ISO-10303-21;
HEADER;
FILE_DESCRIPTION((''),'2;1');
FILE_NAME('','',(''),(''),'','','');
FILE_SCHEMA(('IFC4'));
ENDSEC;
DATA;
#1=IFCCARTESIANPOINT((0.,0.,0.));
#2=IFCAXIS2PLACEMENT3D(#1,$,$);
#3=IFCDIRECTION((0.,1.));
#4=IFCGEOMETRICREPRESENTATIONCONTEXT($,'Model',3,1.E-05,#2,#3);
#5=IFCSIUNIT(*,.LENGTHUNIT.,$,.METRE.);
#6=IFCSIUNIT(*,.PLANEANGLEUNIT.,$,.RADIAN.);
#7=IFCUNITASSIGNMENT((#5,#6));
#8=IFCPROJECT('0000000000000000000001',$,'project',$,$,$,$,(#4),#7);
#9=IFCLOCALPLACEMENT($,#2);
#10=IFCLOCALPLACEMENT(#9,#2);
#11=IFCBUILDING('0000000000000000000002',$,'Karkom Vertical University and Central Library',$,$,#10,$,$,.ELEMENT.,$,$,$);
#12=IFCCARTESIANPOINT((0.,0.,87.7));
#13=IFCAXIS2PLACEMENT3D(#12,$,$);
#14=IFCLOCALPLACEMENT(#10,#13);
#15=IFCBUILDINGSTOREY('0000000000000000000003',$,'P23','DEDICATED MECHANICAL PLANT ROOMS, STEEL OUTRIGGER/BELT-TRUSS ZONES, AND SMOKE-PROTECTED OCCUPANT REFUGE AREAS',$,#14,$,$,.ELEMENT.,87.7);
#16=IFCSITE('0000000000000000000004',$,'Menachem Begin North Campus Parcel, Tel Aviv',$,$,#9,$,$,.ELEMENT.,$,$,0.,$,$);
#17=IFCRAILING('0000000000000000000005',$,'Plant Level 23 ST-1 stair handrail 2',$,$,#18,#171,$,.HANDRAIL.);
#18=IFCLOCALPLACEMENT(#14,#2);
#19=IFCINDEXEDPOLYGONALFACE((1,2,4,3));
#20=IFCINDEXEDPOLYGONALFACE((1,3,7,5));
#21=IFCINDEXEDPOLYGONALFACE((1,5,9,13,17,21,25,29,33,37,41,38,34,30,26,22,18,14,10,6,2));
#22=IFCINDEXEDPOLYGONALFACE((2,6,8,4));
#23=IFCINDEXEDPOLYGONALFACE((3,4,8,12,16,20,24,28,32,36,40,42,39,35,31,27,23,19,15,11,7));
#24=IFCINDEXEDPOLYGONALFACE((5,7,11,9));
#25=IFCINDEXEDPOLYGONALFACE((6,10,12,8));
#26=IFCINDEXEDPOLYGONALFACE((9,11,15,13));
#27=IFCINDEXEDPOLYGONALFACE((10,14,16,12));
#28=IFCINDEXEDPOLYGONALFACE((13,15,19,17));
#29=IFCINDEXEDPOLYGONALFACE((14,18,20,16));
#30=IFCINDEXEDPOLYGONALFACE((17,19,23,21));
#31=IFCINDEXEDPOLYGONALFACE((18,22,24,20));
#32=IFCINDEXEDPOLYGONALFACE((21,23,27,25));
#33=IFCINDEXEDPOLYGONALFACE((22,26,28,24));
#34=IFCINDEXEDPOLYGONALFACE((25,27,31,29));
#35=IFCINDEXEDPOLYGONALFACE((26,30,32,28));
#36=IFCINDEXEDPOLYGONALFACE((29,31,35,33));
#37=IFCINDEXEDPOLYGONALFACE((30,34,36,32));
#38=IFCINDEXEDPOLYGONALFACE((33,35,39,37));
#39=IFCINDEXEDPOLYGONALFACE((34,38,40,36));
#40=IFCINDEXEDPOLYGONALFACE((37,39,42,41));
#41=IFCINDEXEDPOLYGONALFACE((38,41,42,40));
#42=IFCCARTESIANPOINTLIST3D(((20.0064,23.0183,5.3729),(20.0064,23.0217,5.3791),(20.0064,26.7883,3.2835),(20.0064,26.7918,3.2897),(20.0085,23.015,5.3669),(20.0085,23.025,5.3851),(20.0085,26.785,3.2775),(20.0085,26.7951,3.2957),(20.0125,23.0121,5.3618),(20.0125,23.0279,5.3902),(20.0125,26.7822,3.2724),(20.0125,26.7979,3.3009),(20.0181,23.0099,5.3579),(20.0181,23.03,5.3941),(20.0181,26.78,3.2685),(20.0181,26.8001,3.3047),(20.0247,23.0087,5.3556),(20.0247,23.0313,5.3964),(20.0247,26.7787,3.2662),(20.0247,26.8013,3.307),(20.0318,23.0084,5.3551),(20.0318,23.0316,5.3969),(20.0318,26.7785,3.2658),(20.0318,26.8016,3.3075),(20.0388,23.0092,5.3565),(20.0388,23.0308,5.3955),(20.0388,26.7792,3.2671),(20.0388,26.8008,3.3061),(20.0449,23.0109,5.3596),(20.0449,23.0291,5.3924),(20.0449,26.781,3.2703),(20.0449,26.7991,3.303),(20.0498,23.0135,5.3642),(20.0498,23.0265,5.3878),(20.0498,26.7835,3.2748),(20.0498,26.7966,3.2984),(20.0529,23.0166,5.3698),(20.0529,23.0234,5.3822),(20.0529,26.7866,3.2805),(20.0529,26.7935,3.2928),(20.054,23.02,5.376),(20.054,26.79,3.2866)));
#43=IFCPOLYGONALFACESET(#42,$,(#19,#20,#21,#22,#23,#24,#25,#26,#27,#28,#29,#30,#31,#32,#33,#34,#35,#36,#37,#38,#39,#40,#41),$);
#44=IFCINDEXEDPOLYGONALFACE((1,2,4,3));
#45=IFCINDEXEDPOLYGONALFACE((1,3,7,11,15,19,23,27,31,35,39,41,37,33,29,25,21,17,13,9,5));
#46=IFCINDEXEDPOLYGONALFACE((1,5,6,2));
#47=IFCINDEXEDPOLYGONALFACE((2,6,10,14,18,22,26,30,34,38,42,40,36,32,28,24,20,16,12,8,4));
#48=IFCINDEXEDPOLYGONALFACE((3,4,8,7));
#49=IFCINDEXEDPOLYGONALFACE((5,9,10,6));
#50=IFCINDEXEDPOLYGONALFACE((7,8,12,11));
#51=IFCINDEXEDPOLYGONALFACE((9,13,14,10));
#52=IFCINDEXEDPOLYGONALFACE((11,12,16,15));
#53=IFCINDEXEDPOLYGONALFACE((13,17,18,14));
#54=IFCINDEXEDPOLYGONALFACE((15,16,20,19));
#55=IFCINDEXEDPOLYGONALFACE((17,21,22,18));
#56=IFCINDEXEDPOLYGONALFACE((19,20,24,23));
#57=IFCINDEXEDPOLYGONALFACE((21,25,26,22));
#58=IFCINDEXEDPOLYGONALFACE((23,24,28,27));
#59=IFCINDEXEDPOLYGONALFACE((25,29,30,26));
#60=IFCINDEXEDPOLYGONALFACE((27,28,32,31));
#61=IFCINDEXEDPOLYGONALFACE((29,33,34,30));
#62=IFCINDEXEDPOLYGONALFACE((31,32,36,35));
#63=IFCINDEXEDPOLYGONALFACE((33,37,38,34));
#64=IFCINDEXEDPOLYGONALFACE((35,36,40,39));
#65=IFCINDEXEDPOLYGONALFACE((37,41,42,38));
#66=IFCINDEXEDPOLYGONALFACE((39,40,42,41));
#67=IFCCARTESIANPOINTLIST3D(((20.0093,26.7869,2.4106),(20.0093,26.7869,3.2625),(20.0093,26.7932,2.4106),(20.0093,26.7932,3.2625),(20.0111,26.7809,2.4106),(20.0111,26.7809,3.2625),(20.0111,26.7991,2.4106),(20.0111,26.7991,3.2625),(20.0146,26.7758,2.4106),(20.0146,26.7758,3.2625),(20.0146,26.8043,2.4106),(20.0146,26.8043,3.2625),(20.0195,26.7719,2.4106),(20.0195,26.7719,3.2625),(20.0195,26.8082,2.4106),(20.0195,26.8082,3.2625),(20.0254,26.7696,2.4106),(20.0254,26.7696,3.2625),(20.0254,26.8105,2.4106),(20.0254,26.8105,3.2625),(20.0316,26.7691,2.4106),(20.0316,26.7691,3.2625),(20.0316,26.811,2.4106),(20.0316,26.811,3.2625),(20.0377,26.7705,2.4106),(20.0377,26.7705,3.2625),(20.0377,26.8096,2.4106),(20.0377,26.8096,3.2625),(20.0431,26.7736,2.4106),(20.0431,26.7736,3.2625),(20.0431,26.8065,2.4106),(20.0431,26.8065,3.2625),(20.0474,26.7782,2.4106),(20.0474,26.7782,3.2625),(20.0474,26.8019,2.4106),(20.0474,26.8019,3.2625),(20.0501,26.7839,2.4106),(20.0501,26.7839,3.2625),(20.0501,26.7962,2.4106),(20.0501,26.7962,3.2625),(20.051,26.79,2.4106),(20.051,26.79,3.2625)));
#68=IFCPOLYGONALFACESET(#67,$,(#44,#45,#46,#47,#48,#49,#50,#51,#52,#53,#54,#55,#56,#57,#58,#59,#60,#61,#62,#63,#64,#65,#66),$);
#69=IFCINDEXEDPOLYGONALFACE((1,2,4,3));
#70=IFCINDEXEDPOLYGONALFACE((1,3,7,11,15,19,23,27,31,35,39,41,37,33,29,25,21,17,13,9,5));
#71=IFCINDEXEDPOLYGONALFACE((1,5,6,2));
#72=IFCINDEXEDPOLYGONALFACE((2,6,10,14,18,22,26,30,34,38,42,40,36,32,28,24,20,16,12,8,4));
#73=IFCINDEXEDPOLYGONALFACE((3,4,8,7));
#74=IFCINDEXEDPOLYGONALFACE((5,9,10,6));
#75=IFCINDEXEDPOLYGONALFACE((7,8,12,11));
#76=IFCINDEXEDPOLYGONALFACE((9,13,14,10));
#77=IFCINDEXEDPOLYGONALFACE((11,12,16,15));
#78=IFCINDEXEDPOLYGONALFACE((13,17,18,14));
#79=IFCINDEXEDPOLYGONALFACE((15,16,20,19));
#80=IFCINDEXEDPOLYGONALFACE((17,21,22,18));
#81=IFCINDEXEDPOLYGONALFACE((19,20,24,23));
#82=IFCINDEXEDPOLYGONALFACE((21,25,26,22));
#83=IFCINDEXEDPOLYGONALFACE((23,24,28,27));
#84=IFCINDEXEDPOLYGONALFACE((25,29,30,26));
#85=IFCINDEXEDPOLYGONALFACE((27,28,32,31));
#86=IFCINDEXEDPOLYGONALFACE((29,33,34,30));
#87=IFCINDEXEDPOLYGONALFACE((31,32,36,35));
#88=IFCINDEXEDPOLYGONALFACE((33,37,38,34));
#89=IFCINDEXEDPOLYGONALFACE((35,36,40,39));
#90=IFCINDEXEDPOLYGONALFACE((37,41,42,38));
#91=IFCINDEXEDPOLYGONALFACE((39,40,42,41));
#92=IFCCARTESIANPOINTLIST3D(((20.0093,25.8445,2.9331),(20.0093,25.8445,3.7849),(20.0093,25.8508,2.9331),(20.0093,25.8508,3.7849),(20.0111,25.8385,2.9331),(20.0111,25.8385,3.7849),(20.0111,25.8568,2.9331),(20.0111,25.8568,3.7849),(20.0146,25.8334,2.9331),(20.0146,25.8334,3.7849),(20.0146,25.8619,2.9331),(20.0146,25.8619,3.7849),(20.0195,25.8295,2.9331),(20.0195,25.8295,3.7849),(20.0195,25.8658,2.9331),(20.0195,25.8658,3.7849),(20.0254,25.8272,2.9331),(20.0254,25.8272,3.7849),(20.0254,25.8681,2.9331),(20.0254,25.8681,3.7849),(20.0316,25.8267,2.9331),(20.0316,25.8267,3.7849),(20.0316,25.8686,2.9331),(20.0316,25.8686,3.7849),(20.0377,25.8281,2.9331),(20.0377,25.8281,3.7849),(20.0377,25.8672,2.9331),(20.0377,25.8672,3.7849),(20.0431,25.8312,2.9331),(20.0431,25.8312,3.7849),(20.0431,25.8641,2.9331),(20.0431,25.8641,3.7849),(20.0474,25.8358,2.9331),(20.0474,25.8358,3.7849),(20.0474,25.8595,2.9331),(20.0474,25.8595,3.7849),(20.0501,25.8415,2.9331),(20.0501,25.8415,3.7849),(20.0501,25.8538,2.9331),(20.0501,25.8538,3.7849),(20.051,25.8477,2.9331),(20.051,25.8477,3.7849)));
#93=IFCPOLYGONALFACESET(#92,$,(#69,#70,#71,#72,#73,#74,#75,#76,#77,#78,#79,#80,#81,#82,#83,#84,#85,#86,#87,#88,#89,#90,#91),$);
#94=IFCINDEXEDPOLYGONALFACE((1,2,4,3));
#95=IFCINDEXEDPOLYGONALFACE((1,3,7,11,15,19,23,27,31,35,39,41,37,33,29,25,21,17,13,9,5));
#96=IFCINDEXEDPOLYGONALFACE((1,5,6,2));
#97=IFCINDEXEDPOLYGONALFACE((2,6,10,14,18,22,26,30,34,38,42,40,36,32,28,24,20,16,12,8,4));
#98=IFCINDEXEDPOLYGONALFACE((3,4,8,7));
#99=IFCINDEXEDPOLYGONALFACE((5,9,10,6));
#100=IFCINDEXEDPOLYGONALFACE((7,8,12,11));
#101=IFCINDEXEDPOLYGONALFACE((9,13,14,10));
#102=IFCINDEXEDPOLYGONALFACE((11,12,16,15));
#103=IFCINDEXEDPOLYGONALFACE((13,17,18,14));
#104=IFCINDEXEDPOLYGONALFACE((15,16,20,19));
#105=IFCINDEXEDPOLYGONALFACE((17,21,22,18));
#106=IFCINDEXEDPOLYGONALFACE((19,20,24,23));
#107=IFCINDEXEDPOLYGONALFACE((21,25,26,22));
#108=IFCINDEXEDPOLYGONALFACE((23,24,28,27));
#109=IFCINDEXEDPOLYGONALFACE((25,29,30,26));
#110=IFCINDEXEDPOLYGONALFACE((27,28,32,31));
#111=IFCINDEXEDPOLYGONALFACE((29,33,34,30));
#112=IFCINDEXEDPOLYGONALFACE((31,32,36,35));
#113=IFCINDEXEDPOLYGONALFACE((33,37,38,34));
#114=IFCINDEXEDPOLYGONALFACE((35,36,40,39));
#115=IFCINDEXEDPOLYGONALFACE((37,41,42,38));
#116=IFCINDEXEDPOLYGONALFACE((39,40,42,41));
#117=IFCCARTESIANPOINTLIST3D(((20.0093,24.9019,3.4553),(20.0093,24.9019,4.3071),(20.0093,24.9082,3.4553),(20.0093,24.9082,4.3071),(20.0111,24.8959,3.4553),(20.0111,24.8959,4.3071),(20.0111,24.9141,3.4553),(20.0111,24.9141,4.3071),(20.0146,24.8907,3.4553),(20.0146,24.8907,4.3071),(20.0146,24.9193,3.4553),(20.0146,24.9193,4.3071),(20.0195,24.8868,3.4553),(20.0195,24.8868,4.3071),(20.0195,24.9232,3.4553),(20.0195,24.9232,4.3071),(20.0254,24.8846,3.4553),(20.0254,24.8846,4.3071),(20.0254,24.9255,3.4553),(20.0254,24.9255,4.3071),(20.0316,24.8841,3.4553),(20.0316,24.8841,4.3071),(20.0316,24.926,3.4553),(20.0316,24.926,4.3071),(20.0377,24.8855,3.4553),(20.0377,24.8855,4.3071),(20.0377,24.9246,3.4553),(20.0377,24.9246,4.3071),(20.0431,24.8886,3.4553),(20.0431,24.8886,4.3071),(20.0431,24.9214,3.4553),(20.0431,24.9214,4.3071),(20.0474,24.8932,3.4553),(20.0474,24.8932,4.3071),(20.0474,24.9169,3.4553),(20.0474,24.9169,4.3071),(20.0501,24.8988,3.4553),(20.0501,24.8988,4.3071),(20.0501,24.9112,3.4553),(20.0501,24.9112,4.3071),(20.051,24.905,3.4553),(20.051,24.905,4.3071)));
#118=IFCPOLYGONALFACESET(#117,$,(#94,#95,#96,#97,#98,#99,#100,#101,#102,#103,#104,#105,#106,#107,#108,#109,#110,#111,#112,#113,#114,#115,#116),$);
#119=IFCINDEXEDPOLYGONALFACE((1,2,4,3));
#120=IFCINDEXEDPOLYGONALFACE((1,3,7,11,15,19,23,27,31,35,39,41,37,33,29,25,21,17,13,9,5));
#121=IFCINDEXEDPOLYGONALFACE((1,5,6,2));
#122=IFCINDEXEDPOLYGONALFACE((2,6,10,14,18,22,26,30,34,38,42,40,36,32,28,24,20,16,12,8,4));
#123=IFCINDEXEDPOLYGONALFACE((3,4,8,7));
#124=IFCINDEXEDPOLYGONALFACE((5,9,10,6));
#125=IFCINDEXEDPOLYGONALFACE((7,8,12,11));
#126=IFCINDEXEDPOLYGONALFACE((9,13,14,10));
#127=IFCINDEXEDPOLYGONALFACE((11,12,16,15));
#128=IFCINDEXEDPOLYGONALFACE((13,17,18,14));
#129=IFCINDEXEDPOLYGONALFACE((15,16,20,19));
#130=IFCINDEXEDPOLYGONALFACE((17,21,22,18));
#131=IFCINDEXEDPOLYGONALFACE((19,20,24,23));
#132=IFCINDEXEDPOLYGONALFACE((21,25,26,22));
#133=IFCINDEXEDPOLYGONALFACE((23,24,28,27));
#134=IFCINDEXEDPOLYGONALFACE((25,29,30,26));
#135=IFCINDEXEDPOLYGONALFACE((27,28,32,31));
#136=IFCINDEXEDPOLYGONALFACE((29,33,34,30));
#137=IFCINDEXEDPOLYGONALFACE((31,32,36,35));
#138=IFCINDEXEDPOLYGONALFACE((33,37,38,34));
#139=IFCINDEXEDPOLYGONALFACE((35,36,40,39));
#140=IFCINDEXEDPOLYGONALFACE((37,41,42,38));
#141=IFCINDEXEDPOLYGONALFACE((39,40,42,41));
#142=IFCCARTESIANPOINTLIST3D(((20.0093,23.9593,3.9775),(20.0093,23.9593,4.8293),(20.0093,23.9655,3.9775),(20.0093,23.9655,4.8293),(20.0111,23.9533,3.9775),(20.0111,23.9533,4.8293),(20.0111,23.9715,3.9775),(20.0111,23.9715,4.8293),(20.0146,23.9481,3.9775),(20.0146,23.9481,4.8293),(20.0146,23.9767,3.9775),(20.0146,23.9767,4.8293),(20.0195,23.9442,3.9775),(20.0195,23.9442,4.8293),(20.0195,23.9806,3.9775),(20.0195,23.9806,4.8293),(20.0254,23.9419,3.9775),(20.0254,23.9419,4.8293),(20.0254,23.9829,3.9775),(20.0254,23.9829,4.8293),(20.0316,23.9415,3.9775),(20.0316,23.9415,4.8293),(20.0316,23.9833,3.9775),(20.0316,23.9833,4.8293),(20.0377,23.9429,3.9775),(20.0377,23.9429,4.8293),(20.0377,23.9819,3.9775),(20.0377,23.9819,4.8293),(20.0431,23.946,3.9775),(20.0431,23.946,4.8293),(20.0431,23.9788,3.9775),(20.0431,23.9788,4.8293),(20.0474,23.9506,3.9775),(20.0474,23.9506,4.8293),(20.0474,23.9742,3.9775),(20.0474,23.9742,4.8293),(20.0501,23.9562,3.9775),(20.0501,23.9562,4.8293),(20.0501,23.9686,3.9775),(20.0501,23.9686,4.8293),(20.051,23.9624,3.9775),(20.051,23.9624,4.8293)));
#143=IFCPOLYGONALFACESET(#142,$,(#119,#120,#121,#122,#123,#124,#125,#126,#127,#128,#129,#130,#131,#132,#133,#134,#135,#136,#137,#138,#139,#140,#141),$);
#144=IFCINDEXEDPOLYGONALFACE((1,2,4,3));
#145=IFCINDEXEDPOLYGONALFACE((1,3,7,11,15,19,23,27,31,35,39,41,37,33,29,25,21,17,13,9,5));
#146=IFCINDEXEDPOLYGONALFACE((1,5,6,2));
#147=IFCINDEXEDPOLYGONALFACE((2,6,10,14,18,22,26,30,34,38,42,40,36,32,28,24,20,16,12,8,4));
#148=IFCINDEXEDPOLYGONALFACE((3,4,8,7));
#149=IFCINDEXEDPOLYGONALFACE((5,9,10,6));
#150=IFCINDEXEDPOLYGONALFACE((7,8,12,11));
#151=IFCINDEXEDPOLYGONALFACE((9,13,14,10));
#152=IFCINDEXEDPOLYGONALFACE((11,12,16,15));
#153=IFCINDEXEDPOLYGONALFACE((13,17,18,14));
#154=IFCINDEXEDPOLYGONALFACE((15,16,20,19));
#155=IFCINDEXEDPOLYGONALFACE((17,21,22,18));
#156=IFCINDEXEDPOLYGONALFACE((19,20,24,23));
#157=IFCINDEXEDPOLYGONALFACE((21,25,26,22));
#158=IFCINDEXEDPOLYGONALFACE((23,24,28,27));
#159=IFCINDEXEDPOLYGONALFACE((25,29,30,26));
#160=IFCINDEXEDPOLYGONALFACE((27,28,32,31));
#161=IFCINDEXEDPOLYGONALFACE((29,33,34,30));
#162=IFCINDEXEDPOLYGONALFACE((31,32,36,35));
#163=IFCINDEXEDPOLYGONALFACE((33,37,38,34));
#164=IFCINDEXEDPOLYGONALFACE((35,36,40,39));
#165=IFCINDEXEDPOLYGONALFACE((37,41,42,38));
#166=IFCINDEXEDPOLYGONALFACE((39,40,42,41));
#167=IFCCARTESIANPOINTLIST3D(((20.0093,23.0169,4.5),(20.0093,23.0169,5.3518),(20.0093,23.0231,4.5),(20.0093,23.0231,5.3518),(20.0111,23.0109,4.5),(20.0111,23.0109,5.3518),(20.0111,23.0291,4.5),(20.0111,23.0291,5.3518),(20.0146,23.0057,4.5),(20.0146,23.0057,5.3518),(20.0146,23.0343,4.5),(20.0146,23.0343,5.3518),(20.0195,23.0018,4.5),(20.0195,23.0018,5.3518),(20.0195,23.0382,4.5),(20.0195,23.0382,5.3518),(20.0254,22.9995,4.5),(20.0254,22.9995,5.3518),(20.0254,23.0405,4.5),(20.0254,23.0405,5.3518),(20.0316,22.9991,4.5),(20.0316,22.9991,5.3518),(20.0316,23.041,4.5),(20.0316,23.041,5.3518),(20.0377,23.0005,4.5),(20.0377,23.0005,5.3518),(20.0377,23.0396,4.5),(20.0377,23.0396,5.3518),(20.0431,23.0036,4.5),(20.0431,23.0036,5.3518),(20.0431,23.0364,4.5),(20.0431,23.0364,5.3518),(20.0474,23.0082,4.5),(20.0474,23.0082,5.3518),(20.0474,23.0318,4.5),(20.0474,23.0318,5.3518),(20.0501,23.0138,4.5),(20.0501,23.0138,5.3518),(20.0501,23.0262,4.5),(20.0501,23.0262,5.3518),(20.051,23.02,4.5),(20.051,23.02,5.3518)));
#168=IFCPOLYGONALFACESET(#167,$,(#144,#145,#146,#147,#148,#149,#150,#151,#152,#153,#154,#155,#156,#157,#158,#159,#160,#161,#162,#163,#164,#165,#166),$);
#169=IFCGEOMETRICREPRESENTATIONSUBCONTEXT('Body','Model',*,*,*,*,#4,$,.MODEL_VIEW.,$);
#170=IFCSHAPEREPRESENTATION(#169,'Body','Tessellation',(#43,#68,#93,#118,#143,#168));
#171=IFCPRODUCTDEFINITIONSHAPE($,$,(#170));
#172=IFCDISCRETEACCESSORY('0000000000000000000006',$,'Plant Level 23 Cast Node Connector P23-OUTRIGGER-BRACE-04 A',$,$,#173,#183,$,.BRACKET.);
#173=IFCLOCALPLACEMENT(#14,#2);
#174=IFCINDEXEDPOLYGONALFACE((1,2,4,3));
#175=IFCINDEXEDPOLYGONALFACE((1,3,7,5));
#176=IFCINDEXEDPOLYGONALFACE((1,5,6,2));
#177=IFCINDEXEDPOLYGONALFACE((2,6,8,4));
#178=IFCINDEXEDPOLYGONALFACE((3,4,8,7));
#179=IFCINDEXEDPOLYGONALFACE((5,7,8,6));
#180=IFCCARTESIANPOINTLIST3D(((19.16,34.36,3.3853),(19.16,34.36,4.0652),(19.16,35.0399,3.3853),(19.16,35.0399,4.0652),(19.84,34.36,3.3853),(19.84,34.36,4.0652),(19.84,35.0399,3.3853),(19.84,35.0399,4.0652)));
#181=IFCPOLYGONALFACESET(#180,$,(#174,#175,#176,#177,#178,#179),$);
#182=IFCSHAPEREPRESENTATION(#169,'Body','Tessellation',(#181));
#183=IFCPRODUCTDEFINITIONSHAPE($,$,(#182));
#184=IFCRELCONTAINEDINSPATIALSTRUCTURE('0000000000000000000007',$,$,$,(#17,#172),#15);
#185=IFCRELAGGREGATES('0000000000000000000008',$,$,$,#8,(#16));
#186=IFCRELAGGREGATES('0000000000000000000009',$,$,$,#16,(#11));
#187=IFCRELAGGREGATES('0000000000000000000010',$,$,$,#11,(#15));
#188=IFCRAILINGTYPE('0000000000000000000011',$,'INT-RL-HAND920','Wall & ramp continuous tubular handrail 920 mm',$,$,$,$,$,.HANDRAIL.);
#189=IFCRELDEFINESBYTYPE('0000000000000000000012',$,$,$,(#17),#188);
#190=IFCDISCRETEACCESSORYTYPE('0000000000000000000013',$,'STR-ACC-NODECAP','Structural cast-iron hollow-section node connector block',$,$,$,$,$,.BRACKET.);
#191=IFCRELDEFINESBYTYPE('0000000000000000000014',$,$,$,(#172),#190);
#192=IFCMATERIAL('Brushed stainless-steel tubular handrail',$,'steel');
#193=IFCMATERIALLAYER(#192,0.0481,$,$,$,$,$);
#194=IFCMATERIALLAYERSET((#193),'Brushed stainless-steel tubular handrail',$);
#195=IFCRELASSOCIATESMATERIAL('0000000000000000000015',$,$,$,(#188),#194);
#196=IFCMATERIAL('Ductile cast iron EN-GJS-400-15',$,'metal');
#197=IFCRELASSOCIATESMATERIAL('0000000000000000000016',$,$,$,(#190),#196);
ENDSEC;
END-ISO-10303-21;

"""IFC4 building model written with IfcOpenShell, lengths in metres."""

from ifc_helpers import new_model, si_unit, direction, frame, origin, origin_with_axes, origin_2d, place, context, subcontext, project, spatial, rectangle, circle, extrude, source, transform, mapped, material, layer, layer_set, type_object, element, save


model = new_model("IFC4")

# Units and contexts
model_context = context("Model", 3, precision=1e-05, world=origin(), true_north=direction((0.0, 1.0)))
body_context = subcontext(model_context, "Body", "Model", "MODEL_VIEW")
ifc_project = project(units=[si_unit("LENGTHUNIT", "METRE"), si_unit("PLANEANGLEUNIT", "RADIAN")], contexts=[model_context])

# Site, building, storey
site_placement = place(None, origin())
site = spatial("IfcSite", under=ifc_project, at=site_placement, Name="Menachem Begin North Campus Parcel, Tel Aviv", CompositionType="ELEMENT", RefElevation=0.0)
building_placement = place(site_placement, origin())
building = spatial("IfcBuilding", under=site, at=building_placement, Name="Karkom Vertical University and Central Library", CompositionType="ELEMENT")
storey_placement = place(building_placement, frame((0.0, 0.0, 87.7)))
storey = spatial("IfcBuildingStorey", under=building, at=storey_placement, Name="P23", Description="DEDICATED MECHANICAL PLANT ROOMS, STEEL OUTRIGGER/BELT-TRUSS ZONES, AND SMOKE-PROTECTED OCCUPANT REFUGE AREAS", CompositionType="ELEMENT", Elevation=87.7)

# Railing
ifc_material_1 = material(Name="Brushed stainless-steel tubular handrail", Category="steel")
ifc_layer_1 = layer(ifc_material_1, 0.0481)
ifc_layer_set_1 = layer_set([ifc_layer_1], Name="Brushed stainless-steel tubular handrail")
railing_type_1 = type_object("IfcRailingType", Name="INT-RL-HAND920", Description="Wall & ramp continuous tubular handrail 920 mm", PredefinedType="HANDRAIL", material=ifc_layer_set_1)
railing_1_placement = place(storey_placement, frame((20.03, 26.79, 2.4106)))
element("IfcRailing", 1, at=railing_1_placement, inside=storey, type_object=railing_type_1, Name="Plant Level 23 ST-1 stair handrail 2", PredefinedType="HANDRAIL", context=body_context, shape_type="SweptSolid", body=[
    extrude(circle(Radius=0.0239, at=origin_2d()), frame((0.0, 0.0, 0.876), z_axis=(0.0, -0.874659, 0.484739), x_axis=(1.0, 0.0, 0.0)), (0.0, 0.0, 1.0), 4.3103),
    extrude(circle(Radius=0.021, at=origin_2d()), origin(), (0.0, 0.0, 1.0), 0.8518),
    extrude(circle(Radius=0.021, at=origin_2d()), frame((0.0, -0.9424, 0.5225)), (0.0, 0.0, 1.0), 0.8518),
    extrude(circle(Radius=0.021, at=origin_2d()), frame((0.0, -1.885, 1.0447)), (0.0, 0.0, 1.0), 0.8518),
    extrude(circle(Radius=0.021, at=origin_2d()), frame((0.0, -2.8276, 1.5669)), (0.0, 0.0, 1.0), 0.8518),
    extrude(circle(Radius=0.021, at=origin_2d()), frame((0.0, -3.77, 2.0894)), (0.0, 0.0, 1.0), 0.8518),
])

# Discrete accessory
ifc_material_2 = material(Name="Ductile cast iron EN-GJS-400-15", Category="metal")
discrete_accessory_type = type_object("IfcDiscreteAccessoryType", Name="STR-ACC-NODECAP", Description="Structural cast-iron hollow-section node connector block", PredefinedType="BRACKET", material=ifc_material_2)
shared_shape_1 = source(origin_with_axes(), body_context, "Body", "SweptSolid", [
    extrude(rectangle(XDim=0.6799, YDim=0.6799, at=origin_2d()), origin(), (0.0, 0.0, 1.0), 0.6799),
])
discrete_accessory_placement = place(storey_placement, frame((19.5, 34.7, 3.3853), z_axis=(0.0, 0.0, 1.0), x_axis=(1.0, 0.0, 0.0)))
element("IfcDiscreteAccessory", 2, at=discrete_accessory_placement, inside=storey, type_object=discrete_accessory_type, Name="Plant Level 23 Cast Node Connector P23-OUTRIGGER-BRACE-04 A", PredefinedType="BRACKET", context=body_context, shape_type="MappedRepresentation", body=[
    mapped(shared_shape_1, transform((0.0, 0.0, 0.0), scale=1.0)),
])

save(model, "model.ifc")
